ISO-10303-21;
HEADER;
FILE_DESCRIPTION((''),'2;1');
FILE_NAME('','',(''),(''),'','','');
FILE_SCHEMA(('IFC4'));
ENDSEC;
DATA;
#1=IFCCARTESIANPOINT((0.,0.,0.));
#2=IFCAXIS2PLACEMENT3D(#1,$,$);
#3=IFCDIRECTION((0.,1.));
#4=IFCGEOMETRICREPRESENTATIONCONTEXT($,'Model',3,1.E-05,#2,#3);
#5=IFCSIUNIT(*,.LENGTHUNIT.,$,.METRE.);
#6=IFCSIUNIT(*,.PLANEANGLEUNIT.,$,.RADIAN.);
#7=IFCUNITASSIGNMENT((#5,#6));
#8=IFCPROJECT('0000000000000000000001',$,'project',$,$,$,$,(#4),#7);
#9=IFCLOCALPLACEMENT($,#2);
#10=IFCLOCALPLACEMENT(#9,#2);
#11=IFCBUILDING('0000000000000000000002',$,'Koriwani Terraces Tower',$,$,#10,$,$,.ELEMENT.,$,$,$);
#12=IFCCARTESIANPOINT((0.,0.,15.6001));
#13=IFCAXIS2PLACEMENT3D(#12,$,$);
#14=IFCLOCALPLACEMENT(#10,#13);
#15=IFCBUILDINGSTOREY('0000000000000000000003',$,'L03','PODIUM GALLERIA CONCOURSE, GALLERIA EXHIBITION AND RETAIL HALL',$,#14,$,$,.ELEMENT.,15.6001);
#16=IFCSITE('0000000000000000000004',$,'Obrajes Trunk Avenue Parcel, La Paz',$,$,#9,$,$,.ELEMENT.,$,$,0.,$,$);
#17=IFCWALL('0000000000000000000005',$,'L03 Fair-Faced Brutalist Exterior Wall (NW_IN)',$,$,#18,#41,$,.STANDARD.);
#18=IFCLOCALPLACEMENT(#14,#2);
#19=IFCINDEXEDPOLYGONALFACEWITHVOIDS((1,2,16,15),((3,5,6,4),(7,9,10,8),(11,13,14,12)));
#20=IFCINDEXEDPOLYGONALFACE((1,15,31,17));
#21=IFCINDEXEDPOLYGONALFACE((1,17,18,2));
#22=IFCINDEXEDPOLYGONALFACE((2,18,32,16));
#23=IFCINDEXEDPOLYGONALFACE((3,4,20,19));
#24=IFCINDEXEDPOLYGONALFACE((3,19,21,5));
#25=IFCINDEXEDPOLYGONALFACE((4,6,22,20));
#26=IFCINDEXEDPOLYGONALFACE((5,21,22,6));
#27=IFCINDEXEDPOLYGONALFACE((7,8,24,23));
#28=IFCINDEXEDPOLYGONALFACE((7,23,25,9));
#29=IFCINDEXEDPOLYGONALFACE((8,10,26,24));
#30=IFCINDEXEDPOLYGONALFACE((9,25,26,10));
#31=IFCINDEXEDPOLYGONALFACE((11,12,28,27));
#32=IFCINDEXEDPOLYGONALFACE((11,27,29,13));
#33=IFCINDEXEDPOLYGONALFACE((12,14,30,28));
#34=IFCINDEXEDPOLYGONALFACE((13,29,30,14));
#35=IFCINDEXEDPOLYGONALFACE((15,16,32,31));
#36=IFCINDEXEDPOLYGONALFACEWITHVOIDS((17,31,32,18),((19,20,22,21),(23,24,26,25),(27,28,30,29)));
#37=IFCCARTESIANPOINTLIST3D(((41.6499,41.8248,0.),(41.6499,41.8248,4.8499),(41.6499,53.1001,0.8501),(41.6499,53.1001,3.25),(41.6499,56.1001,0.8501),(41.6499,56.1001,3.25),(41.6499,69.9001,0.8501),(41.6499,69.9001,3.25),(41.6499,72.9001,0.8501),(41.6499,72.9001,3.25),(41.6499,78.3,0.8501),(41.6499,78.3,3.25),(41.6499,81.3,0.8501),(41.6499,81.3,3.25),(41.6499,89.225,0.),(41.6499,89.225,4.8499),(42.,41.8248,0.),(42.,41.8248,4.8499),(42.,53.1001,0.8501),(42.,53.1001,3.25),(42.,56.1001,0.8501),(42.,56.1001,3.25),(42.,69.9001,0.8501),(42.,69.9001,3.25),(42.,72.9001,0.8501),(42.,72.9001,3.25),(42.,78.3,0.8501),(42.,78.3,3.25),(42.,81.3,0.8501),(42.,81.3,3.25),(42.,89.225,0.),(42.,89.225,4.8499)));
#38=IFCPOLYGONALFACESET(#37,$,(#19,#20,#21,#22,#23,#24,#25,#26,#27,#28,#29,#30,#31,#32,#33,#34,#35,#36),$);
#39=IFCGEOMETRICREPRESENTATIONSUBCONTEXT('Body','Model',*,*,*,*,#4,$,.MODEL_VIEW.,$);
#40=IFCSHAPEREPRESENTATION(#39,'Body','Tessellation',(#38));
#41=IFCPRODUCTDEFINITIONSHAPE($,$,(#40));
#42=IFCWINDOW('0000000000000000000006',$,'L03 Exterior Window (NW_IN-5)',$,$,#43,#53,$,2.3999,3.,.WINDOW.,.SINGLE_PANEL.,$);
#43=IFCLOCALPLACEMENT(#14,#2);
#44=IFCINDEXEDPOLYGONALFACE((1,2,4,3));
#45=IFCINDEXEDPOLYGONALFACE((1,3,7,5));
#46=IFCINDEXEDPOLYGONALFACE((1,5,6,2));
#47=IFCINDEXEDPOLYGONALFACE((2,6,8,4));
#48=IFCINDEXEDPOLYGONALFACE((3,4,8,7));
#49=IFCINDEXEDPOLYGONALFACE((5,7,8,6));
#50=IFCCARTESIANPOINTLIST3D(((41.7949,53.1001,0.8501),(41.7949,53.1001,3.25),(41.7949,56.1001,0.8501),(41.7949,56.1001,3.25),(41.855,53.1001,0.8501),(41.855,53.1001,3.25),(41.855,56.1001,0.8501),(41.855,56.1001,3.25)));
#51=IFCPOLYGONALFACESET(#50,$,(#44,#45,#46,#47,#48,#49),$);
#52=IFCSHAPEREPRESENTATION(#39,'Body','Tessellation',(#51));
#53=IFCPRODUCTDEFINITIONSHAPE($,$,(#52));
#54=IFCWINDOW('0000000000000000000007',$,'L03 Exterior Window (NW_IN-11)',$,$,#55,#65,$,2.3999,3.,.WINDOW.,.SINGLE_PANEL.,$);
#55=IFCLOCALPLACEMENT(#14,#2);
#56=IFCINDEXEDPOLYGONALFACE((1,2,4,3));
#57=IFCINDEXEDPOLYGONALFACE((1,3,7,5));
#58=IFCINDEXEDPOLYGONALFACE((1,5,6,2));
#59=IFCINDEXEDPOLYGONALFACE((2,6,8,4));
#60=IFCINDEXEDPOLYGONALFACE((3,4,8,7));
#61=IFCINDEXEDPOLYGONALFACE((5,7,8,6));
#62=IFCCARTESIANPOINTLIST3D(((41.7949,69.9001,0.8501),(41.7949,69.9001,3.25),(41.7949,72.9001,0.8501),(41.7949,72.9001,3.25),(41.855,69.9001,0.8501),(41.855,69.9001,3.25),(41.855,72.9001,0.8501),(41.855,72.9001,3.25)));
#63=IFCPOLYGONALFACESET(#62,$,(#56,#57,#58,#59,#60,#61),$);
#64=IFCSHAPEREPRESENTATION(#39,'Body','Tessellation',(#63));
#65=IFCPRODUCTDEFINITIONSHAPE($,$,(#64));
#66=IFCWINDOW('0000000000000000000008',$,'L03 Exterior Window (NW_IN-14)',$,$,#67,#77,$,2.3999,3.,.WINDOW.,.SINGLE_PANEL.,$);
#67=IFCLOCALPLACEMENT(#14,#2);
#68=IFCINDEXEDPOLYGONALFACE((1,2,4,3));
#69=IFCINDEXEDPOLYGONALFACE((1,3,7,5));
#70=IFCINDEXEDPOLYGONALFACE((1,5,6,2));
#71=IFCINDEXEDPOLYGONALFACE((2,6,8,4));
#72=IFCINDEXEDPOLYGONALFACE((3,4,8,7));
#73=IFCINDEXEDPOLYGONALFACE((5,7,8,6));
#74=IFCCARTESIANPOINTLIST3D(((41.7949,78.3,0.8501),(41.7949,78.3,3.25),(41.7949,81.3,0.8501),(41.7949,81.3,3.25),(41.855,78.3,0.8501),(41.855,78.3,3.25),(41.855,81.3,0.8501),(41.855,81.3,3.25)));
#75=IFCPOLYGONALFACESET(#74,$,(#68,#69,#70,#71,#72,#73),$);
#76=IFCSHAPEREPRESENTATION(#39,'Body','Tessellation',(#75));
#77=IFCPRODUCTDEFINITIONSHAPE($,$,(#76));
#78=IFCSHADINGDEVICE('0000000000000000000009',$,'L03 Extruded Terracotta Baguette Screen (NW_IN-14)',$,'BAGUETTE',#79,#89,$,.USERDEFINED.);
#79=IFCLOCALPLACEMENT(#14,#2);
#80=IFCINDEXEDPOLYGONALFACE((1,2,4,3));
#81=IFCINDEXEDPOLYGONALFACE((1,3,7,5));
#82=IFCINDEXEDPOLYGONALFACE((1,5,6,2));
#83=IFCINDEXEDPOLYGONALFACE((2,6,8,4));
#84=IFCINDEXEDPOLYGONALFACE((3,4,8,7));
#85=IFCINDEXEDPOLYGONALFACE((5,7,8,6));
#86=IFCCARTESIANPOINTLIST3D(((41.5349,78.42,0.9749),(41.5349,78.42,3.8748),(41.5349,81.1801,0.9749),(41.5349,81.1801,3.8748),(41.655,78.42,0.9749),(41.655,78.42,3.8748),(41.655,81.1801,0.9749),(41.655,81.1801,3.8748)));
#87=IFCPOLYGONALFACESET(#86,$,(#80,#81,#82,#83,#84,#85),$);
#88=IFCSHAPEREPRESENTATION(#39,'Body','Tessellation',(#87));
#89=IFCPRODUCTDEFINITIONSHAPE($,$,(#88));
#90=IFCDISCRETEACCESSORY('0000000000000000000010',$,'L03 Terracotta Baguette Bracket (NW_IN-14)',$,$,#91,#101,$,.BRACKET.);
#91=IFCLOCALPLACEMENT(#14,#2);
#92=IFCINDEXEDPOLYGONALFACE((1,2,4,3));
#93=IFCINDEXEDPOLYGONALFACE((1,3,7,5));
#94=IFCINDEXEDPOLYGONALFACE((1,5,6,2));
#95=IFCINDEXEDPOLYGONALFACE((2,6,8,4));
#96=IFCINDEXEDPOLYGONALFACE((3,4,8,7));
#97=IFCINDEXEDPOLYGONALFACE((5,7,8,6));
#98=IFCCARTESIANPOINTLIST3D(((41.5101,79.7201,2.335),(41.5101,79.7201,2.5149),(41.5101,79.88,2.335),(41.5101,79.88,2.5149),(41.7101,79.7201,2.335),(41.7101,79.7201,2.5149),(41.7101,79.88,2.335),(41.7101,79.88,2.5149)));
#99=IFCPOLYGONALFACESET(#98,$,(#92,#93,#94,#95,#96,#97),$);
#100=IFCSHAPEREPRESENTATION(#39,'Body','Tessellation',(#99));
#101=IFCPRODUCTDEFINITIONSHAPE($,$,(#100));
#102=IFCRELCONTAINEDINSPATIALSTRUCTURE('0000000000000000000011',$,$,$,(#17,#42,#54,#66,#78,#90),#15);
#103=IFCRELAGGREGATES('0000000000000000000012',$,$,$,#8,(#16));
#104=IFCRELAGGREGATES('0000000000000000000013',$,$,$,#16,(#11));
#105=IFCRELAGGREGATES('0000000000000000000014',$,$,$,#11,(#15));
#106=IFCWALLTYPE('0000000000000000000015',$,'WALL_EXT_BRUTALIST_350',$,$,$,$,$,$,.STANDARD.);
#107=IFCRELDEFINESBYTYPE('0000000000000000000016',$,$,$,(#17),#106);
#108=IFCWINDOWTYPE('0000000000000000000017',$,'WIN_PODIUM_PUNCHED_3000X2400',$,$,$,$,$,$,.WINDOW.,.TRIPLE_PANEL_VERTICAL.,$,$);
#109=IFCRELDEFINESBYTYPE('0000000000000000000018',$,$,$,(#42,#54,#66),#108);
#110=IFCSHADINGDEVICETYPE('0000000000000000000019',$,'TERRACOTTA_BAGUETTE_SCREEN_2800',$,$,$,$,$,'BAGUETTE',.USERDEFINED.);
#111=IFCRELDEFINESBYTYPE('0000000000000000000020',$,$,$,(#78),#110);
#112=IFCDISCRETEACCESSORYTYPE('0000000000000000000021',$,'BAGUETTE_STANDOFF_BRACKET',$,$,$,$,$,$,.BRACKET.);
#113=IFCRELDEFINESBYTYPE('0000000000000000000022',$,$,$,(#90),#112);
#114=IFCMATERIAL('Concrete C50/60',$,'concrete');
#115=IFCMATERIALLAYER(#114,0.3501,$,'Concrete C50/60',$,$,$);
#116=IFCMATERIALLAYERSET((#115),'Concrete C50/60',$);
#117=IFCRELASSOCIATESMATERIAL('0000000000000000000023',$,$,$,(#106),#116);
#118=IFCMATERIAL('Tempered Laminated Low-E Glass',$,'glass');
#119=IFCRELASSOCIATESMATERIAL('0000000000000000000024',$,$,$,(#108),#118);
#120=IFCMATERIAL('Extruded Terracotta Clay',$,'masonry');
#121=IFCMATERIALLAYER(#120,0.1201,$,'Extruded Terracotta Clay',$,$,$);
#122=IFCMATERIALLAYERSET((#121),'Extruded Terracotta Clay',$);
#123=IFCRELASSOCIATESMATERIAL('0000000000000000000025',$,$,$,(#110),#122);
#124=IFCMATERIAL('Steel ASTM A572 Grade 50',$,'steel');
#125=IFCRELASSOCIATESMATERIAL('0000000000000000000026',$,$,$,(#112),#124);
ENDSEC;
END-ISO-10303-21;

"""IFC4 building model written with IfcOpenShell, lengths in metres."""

from ifc_helpers import new_model, si_unit, direction, frame, frame_2d, origin, origin_2d, place, context, subcontext, project, spatial, rectangle, extrude, material, layer, layer_set, type_object, element, fill, save


model = new_model("IFC4")

# Units and contexts
model_context = context("Model", 3, precision=1e-05, world=origin(), true_north=direction((0.0, 1.0)))
body_context = subcontext(model_context, "Body", "Model", "MODEL_VIEW")
ifc_project = project(units=[si_unit("LENGTHUNIT", "METRE"), si_unit("PLANEANGLEUNIT", "RADIAN")], contexts=[model_context])

# Site, building, storey
site_placement = place(None, origin())
site = spatial("IfcSite", under=ifc_project, at=site_placement, Name="Obrajes Trunk Avenue Parcel, La Paz", CompositionType="ELEMENT", RefElevation=0.0)
building_placement = place(site_placement, origin())
building = spatial("IfcBuilding", under=site, at=building_placement, Name="Koriwani Terraces Tower", CompositionType="ELEMENT")
storey_placement = place(building_placement, frame((0.0, 0.0, 15.6001)))
storey = spatial("IfcBuildingStorey", under=building, at=storey_placement, Name="L03", Description="PODIUM GALLERIA CONCOURSE, GALLERIA EXHIBITION AND RETAIL HALL", CompositionType="ELEMENT", Elevation=15.6001)

# Shared definitions
ifc_material_1 = material(Name="Steel ASTM A572 Grade 50", Category="steel")

# Shared definitions
ifc_material_2 = material(Name="Concrete C50/60", Category="concrete")
ifc_layer_1 = layer(ifc_material_2, 0.3501, Name="Concrete C50/60")
ifc_layer_set_1 = layer_set([ifc_layer_1], Name="Concrete C50/60")
wall_type = type_object("IfcWallType", Name="WALL_EXT_BRUTALIST_350", PredefinedType="STANDARD", material=ifc_layer_set_1)

# Wall, openings, windows
wall_placement = place(storey_placement, frame((41.825, 89.2251, 0.0), z_axis=(0.0, 0.0, 1.0), x_axis=(0.0, -1.0, 0.0)))
wall = element("IfcWall", 1, at=wall_placement, inside=storey, type_object=wall_type, Name="L03 Fair-Faced Brutalist Exterior Wall (NW_IN)", PredefinedType="STANDARD", context=body_context, shape_type="SweptSolid", body=[
    extrude(rectangle(XDim=47.4001, YDim=0.3501, at=frame_2d((23.7002, 0.0))), origin(), (0.0, 0.0, 1.0), 4.8499),
])
opening_1_placement = place(wall_placement, frame((33.125, 0.0, 0.8501)))
opening_1 = element("IfcOpeningElement", 2, at=opening_1_placement, cuts=wall, PredefinedType="OPENING", context=body_context, shape_type="SweptSolid", body=[
    extrude(rectangle(XDim=3.0, YDim=2.3999, at=frame_2d((1.5, 1.2))), frame((0.0, 0.1851, 0.0), z_axis=(0.0, -1.0, 0.0), x_axis=(1.0, 0.0, 0.0)), (0.0, 0.0, 1.0), 0.3701),
])
opening_2_placement = place(wall_placement, frame((16.325, 0.0, 0.8501)))
opening_2 = element("IfcOpeningElement", 3, at=opening_2_placement, cuts=wall, PredefinedType="OPENING", context=body_context, shape_type="SweptSolid", body=[
    extrude(rectangle(XDim=3.0, YDim=2.3999, at=frame_2d((1.5, 1.2))), frame((0.0, 0.1851, 0.0), z_axis=(0.0, -1.0, 0.0), x_axis=(1.0, 0.0, 0.0)), (0.0, 0.0, 1.0), 0.3701),
])
opening_3_placement = place(wall_placement, frame((7.925, 0.0, 0.8501)))
opening_3 = element("IfcOpeningElement", 4, at=opening_3_placement, cuts=wall, PredefinedType="OPENING", context=body_context, shape_type="SweptSolid", body=[
    extrude(rectangle(XDim=3.0, YDim=2.3999, at=frame_2d((1.5, 1.2))), frame((0.0, 0.1851, 0.0), z_axis=(0.0, -1.0, 0.0), x_axis=(1.0, 0.0, 0.0)), (0.0, 0.0, 1.0), 0.3701),
])
ifc_material_3 = material(Name="Tempered Laminated Low-E Glass", Category="glass")
window_type = type_object("IfcWindowType", Name="WIN_PODIUM_PUNCHED_3000X2400", PartitioningType="TRIPLE_PANEL_VERTICAL", PredefinedType="WINDOW", material=ifc_material_3)
window_1_placement = place(opening_1_placement, origin())
window_1 = element("IfcWindow", 5, at=window_1_placement, inside=storey, type_object=window_type, Name="L03 Exterior Window (NW_IN-5)", OverallHeight=2.3999, OverallWidth=3.0, PartitioningType="SINGLE_PANEL", PredefinedType="WINDOW", context=body_context, shape_type="SweptSolid", body=[
    extrude(rectangle(XDim=3.0, YDim=2.3999, at=frame_2d((1.5, 1.2))), frame((0.0, 0.03, 0.0), z_axis=(0.0, -1.0, 0.0), x_axis=(1.0, 0.0, 0.0)), (0.0, 0.0, 1.0), 0.0601),
])
fill(opening_1, window_1)
window_2_placement = place(opening_2_placement, origin())
window_2 = element("IfcWindow", 6, at=window_2_placement, inside=storey, type_object=window_type, Name="L03 Exterior Window (NW_IN-11)", OverallHeight=2.3999, OverallWidth=3.0, PartitioningType="SINGLE_PANEL", PredefinedType="WINDOW", context=body_context, shape_type="SweptSolid", body=[
    extrude(rectangle(XDim=3.0, YDim=2.3999, at=frame_2d((1.5, 1.2))), frame((0.0, 0.03, 0.0), z_axis=(0.0, -1.0, 0.0), x_axis=(1.0, 0.0, 0.0)), (0.0, 0.0, 1.0), 0.0601),
])
fill(opening_2, window_2)
window_3_placement = place(opening_3_placement, origin())
window_3 = element("IfcWindow", 7, at=window_3_placement, inside=storey, type_object=window_type, Name="L03 Exterior Window (NW_IN-14)", OverallHeight=2.3999, OverallWidth=3.0, PartitioningType="SINGLE_PANEL", PredefinedType="WINDOW", context=body_context, shape_type="SweptSolid", body=[
    extrude(rectangle(XDim=3.0, YDim=2.3999, at=frame_2d((1.5, 1.2))), frame((0.0, 0.03, 0.0), z_axis=(0.0, -1.0, 0.0), x_axis=(1.0, 0.0, 0.0)), (0.0, 0.0, 1.0), 0.0601),
])
fill(opening_3, window_3)

# Shading device
ifc_material_4 = material(Name="Extruded Terracotta Clay", Category="masonry")
ifc_layer_2 = layer(ifc_material_4, 0.1201, Name="Extruded Terracotta Clay")
ifc_layer_set_2 = layer_set([ifc_layer_2], Name="Extruded Terracotta Clay")
shading_device_type = type_object("IfcShadingDeviceType", Name="TERRACOTTA_BAGUETTE_SCREEN_2800", ElementType="BAGUETTE", PredefinedType="USERDEFINED", material=ifc_layer_set_2)
shading_device_placement = place(storey_placement, frame((41.595, 79.8, 0.9749), z_axis=(0.0, 0.0, 1.0), x_axis=(0.0, -1.0, 0.0)))
element("IfcShadingDevice", 8, at=shading_device_placement, inside=storey, type_object=shading_device_type, Name="L03 Extruded Terracotta Baguette Screen (NW_IN-14)", ObjectType="BAGUETTE", PredefinedType="USERDEFINED", context=body_context, shape_type="SweptSolid", body=[
    extrude(rectangle(XDim=2.76, YDim=0.1201, at=origin_2d()), origin(), (0.0, 0.0, 1.0), 2.8999),
])

# Discrete accessory
discrete_accessory_type = type_object("IfcDiscreteAccessoryType", Name="BAGUETTE_STANDOFF_BRACKET", PredefinedType="BRACKET", material=ifc_material_1)
discrete_accessory_placement = place(storey_placement, frame((41.6101, 79.8, 2.335), z_axis=(0.0, 0.0, 1.0), x_axis=(0.0, -1.0, 0.0)))
element("IfcDiscreteAccessory", 9, at=discrete_accessory_placement, inside=storey, type_object=discrete_accessory_type, Name="L03 Terracotta Baguette Bracket (NW_IN-14)", PredefinedType="BRACKET", context=body_context, shape_type="SweptSolid", body=[
    extrude(rectangle(XDim=0.1599, YDim=0.2, at=origin_2d()), origin(), (0.0, 0.0, 1.0), 0.1799),
])

save(model, "model.ifc")
